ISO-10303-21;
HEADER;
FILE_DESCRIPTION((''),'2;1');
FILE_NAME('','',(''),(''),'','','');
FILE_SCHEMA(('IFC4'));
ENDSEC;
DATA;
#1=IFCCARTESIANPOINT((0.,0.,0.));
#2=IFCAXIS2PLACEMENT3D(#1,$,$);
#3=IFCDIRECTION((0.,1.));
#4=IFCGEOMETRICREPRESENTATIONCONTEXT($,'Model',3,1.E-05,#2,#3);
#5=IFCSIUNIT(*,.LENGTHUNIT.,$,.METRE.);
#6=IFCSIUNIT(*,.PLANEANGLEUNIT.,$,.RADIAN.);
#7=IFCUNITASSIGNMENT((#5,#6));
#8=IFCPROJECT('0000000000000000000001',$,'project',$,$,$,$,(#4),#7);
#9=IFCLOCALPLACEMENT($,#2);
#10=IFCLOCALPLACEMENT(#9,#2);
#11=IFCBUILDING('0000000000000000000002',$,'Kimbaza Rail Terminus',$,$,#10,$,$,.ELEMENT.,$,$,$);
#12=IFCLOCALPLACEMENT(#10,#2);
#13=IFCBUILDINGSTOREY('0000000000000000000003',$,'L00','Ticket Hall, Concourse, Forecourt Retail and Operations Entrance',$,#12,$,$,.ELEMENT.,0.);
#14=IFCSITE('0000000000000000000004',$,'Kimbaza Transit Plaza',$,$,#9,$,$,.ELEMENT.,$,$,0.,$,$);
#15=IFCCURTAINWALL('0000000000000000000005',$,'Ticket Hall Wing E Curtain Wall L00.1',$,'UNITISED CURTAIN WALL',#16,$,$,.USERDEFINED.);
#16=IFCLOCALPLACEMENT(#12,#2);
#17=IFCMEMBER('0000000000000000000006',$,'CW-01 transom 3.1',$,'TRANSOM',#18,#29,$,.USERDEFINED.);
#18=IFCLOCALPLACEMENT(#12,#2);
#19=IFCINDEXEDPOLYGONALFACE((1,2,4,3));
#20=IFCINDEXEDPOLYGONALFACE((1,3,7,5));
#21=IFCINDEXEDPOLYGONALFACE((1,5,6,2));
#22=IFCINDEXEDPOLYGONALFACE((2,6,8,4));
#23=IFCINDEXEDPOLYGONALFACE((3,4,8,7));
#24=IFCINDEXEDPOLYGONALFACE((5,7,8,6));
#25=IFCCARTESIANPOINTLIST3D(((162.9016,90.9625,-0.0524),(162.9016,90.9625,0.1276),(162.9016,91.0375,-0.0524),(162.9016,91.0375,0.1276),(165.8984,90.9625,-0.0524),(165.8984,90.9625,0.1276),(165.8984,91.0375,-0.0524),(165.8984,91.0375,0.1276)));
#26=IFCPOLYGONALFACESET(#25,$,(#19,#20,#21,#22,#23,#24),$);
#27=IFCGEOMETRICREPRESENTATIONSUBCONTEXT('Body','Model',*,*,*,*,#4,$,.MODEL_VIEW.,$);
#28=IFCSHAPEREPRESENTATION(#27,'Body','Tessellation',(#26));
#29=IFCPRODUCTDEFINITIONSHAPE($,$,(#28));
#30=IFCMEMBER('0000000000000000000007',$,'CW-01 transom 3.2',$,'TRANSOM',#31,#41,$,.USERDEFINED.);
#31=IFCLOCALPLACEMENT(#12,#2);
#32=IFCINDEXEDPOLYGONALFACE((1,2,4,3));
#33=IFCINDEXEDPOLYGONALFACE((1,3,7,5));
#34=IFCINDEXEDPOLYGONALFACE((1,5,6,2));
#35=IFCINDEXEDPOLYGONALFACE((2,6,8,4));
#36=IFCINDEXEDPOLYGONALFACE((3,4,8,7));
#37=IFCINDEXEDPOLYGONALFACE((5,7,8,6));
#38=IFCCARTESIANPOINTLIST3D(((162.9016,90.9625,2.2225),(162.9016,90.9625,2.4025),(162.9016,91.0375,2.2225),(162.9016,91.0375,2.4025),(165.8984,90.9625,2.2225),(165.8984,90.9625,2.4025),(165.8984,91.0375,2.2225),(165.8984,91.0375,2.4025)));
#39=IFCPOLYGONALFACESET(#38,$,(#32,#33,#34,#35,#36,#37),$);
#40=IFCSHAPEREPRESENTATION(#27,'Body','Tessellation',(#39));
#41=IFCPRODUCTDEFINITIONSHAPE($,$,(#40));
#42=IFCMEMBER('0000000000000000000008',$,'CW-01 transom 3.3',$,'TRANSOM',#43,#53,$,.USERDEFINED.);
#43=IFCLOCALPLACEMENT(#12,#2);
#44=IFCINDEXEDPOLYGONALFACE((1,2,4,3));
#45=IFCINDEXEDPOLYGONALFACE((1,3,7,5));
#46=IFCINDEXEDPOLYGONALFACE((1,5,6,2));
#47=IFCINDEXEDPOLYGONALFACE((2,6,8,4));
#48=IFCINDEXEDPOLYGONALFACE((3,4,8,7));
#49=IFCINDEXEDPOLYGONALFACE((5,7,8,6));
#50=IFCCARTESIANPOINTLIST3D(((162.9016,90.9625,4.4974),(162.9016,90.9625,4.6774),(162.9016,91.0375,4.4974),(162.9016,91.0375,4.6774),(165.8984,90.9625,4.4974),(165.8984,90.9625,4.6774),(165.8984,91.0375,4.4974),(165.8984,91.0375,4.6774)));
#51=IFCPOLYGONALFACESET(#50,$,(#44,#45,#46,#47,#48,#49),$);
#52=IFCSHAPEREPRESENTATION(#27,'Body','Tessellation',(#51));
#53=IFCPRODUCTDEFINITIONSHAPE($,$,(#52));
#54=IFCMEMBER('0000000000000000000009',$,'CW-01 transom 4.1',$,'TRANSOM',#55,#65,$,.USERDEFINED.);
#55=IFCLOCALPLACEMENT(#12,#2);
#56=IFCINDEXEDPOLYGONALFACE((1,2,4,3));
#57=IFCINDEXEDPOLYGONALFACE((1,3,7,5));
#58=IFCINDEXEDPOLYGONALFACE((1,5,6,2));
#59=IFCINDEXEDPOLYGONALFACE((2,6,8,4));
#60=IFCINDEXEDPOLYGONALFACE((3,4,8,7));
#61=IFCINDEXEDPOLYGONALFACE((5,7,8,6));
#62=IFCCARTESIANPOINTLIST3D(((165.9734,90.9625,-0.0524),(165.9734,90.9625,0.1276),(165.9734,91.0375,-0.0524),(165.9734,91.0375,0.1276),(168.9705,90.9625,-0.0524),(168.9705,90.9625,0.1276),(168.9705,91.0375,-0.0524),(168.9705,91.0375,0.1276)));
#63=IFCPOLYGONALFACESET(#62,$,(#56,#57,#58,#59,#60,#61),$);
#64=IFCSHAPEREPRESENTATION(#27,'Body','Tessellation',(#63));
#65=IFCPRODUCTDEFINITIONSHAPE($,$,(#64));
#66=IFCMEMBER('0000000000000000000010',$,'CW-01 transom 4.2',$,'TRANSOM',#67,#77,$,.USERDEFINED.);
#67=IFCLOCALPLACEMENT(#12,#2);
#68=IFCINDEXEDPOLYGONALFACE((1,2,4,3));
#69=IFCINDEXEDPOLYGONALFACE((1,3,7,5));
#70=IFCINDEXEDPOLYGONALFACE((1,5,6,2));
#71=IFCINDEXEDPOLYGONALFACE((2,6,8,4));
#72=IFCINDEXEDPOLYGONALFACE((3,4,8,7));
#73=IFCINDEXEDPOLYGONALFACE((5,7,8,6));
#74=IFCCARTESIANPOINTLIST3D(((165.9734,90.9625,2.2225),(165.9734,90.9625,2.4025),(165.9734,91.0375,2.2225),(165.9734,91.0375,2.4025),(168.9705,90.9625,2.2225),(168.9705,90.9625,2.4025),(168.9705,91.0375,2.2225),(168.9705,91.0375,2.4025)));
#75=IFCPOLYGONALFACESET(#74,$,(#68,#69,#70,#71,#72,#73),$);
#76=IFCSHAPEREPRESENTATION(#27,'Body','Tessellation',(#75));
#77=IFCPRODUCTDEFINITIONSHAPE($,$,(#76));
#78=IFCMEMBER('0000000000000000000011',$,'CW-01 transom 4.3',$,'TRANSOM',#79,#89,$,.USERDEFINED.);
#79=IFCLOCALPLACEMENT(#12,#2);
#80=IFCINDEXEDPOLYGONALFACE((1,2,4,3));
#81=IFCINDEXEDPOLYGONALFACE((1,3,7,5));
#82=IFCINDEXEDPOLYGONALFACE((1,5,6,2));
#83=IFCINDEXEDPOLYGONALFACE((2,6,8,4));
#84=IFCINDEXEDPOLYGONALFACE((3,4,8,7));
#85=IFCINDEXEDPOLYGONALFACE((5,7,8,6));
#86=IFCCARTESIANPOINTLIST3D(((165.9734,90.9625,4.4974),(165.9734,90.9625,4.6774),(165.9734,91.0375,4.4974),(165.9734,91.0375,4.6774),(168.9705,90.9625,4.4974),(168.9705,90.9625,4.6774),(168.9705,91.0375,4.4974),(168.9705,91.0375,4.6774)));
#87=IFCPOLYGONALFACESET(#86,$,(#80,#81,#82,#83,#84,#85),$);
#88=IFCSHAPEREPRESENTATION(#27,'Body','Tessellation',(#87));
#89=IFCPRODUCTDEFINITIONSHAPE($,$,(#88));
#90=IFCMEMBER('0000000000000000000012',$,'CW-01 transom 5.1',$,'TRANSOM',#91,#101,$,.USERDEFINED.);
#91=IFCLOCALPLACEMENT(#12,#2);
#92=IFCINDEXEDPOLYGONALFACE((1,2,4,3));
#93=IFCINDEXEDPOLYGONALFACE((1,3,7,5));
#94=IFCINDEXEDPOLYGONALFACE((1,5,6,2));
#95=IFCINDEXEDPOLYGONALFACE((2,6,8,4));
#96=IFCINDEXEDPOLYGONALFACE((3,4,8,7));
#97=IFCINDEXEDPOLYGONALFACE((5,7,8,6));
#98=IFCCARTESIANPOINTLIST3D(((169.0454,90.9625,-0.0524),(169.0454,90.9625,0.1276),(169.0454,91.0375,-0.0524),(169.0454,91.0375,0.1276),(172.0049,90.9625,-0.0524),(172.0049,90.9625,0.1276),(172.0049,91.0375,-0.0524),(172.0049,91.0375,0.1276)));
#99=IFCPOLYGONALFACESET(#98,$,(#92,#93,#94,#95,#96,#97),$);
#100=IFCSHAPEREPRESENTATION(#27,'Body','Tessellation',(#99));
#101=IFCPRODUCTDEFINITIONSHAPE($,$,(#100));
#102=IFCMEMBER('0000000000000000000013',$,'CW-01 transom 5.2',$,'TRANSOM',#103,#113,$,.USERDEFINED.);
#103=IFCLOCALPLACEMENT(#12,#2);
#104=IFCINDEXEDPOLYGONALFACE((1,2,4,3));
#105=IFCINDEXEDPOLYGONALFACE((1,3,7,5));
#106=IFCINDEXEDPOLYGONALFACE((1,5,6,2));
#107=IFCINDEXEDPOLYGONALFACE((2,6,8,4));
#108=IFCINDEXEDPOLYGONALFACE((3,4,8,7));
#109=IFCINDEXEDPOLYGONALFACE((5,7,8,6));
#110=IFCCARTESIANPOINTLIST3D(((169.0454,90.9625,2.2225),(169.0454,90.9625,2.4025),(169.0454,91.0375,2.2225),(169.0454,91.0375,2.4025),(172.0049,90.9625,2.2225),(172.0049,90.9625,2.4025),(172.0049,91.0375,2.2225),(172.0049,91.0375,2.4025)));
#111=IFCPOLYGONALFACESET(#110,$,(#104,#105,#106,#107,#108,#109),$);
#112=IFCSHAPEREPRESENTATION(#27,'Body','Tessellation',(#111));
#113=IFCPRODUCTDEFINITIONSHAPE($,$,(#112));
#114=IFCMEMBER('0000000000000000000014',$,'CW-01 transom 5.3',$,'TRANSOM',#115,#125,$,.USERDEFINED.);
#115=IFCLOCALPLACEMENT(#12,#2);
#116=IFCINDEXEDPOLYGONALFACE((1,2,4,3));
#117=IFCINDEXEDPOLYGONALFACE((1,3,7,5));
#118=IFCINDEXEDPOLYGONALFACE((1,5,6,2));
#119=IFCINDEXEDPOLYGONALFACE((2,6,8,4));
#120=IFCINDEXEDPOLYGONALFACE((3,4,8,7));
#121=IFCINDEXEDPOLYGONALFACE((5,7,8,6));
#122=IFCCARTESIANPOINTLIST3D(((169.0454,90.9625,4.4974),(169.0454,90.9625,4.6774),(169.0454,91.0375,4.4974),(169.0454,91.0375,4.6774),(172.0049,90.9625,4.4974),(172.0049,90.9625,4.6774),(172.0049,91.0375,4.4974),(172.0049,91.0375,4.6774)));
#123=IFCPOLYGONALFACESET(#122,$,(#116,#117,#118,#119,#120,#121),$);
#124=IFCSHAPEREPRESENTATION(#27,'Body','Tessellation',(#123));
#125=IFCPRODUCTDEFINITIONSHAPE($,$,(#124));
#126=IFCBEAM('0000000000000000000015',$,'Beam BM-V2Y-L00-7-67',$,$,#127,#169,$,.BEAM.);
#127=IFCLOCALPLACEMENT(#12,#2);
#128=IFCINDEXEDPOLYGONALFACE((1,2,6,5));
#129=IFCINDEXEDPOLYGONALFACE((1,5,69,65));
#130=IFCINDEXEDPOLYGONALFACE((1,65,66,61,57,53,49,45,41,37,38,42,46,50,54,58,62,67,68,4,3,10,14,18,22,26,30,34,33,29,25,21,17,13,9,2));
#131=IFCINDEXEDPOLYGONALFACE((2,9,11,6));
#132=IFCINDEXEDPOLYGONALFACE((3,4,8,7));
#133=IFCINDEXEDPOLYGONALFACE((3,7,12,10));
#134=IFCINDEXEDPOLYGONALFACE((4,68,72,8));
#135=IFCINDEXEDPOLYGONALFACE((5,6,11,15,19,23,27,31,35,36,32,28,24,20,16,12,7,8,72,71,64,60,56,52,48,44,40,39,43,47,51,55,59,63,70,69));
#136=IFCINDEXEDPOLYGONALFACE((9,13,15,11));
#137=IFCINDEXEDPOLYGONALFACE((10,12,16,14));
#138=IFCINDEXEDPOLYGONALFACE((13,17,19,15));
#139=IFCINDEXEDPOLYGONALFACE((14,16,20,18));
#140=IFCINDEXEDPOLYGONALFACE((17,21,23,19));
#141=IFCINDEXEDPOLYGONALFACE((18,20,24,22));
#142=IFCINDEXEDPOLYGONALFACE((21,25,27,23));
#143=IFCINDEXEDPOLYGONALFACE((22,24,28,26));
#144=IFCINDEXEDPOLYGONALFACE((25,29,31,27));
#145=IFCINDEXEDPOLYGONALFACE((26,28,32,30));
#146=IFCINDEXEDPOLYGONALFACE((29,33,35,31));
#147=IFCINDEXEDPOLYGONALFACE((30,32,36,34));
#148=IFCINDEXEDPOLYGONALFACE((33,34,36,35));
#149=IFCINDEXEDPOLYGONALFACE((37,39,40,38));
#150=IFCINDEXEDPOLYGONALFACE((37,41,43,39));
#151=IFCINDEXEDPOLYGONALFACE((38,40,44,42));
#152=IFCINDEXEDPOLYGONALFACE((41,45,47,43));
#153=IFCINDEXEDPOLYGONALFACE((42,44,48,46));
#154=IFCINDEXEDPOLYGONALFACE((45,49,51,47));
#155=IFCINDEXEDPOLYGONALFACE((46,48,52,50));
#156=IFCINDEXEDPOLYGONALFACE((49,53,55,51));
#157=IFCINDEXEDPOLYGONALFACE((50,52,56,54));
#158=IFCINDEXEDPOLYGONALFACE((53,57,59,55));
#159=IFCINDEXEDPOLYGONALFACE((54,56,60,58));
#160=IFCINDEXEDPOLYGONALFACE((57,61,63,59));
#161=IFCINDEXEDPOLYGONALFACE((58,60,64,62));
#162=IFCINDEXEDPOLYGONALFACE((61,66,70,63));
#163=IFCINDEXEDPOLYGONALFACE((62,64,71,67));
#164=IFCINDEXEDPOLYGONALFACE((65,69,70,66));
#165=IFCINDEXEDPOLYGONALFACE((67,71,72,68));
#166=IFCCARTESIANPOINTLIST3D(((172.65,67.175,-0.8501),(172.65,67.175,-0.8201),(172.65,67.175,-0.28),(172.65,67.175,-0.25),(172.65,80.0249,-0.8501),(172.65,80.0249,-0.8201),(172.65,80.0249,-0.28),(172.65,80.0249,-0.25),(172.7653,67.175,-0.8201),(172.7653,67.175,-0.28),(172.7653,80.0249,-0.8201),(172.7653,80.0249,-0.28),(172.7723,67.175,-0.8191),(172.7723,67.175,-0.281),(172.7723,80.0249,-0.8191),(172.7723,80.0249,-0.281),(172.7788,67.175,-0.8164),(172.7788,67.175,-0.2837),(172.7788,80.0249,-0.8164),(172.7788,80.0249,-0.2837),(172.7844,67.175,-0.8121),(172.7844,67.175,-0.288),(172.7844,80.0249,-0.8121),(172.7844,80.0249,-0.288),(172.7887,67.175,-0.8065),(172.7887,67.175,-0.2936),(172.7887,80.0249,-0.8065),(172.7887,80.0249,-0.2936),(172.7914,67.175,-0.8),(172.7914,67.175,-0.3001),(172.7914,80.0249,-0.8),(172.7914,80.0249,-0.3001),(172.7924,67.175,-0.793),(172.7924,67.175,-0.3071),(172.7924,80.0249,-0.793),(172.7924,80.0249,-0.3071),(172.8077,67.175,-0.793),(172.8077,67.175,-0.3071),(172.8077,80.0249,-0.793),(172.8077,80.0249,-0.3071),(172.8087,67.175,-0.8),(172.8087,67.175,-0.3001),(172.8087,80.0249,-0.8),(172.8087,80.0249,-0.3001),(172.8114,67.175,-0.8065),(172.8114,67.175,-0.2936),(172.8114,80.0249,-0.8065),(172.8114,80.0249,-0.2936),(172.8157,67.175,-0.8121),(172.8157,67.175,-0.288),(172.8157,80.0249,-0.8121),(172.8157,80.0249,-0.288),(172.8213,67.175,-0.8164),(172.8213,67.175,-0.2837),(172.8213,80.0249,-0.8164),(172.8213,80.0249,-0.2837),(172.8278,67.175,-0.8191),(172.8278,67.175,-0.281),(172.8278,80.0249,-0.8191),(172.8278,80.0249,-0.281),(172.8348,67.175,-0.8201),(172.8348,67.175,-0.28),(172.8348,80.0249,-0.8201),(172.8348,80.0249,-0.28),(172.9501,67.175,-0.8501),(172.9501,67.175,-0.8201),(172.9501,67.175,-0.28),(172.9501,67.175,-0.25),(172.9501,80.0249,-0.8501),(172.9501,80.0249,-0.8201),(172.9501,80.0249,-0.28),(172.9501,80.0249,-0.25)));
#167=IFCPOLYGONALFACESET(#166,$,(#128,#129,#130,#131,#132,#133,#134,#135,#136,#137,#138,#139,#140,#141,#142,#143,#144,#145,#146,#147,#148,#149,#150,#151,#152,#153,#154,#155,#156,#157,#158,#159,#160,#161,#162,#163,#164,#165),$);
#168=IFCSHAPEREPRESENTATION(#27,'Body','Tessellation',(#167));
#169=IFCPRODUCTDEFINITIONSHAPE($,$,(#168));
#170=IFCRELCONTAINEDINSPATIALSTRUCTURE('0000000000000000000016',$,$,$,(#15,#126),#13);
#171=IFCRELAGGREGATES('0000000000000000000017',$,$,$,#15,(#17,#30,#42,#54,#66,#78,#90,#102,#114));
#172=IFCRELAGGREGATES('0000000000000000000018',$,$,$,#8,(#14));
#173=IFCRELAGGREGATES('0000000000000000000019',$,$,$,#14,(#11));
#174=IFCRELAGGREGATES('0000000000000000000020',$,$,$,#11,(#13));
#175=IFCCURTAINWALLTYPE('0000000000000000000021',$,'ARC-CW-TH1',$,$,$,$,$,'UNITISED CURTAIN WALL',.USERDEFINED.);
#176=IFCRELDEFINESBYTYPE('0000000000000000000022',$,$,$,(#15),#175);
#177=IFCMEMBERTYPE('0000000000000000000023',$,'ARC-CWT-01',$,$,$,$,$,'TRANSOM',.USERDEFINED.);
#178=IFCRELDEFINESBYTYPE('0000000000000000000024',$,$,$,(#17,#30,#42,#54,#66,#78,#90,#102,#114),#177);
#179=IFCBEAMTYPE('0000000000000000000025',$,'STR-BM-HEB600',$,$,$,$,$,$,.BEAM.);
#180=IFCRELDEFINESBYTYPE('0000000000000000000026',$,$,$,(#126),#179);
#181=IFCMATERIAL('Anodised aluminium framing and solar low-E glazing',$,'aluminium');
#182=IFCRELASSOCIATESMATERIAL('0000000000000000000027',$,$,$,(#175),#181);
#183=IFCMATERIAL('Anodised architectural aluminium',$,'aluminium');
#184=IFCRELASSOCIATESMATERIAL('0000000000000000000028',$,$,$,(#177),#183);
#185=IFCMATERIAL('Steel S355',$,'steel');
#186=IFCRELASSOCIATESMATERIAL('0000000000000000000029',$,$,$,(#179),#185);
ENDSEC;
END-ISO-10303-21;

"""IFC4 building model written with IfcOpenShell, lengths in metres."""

from ifc_helpers import new_model, si_unit, direction, frame, origin, origin_2d, place, context, subcontext, project, spatial, rectangle, i_section, extrude, material, material_profile, profile_set, type_object, element, aggregate, save


model = new_model("IFC4")

# Units and contexts
model_context = context("Model", 3, precision=1e-05, world=origin(), true_north=direction((0.0, 1.0)))
body_context = subcontext(model_context, "Body", "Model", "MODEL_VIEW")
ifc_project = project(units=[si_unit("LENGTHUNIT", "METRE"), si_unit("PLANEANGLEUNIT", "RADIAN")], contexts=[model_context])

# Site, building, storey
site_placement = place(None, origin())
site = spatial("IfcSite", under=ifc_project, at=site_placement, Name="Kimbaza Transit Plaza", CompositionType="ELEMENT", RefElevation=0.0)
building_placement = place(site_placement, origin())
building = spatial("IfcBuilding", under=site, at=building_placement, Name="Kimbaza Rail Terminus", CompositionType="ELEMENT")
storey_placement = place(building_placement, origin())
storey = spatial("IfcBuildingStorey", under=building, at=storey_placement, Name="L00", Description="Ticket Hall, Concourse, Forecourt Retail and Operations Entrance", CompositionType="ELEMENT", Elevation=0.0)

# Curtain wall, members
ifc_material_1 = material(Name="Anodised aluminium framing and solar low-E glazing", Category="aluminium")
curtain_wall_type = type_object("IfcCurtainWallType", Name="ARC-CW-TH1", ElementType="UNITISED CURTAIN WALL", PredefinedType="USERDEFINED", material=ifc_material_1)
curtain_wall_placement = place(storey_placement, origin())
curtain_wall = element("IfcCurtainWall", 1, at=curtain_wall_placement, inside=storey, type_object=curtain_wall_type, Name="Ticket Hall Wing E Curtain Wall L00.1", ObjectType="UNITISED CURTAIN WALL", PredefinedType="USERDEFINED")
ifc_material_2 = material(Name="Anodised architectural aluminium", Category="aluminium")
ifc_material_profile_1 = material_profile(ifc_material_2, rectangle(XDim=0.075, YDim=0.1799, at=origin_2d()), Name="TRANSOM 75x180")
ifc_profile_set_1 = profile_set([ifc_material_profile_1], Name="Anodised architectural aluminium")
member_type_1 = type_object("IfcMemberType", Name="ARC-CWT-01", ElementType="TRANSOM", PredefinedType="USERDEFINED", material=ifc_profile_set_1)
member_1_placement = place(storey_placement, frame((162.9016, 91.0, 0.0376), z_axis=(1.0, 0.0, 0.0), x_axis=(0.0, 1.0, 0.0)))
member_1 = element("IfcMember", 2, at=member_1_placement, type_object=member_type_1, Name="CW-01 transom 3.1", ObjectType="TRANSOM", PredefinedType="USERDEFINED", context=body_context, shape_type="SweptSolid", body=[
    extrude(rectangle(XDim=0.075, YDim=0.1799, at=origin_2d()), origin(), (0.0, 0.0, 1.0), 2.9968),
])
member_2_placement = place(storey_placement, frame((162.9016, 91.0, 2.3125), z_axis=(1.0, 0.0, 0.0), x_axis=(0.0, 1.0, 0.0)))
member_2 = element("IfcMember", 3, at=member_2_placement, type_object=member_type_1, Name="CW-01 transom 3.2", ObjectType="TRANSOM", PredefinedType="USERDEFINED", context=body_context, shape_type="SweptSolid", body=[
    extrude(rectangle(XDim=0.075, YDim=0.1799, at=origin_2d()), origin(), (0.0, 0.0, 1.0), 2.9968),
])
member_3_placement = place(storey_placement, frame((162.9016, 91.0, 4.5874), z_axis=(1.0, 0.0, 0.0), x_axis=(0.0, 1.0, 0.0)))
member_3 = element("IfcMember", 4, at=member_3_placement, type_object=member_type_1, Name="CW-01 transom 3.3", ObjectType="TRANSOM", PredefinedType="USERDEFINED", context=body_context, shape_type="SweptSolid", body=[
    extrude(rectangle(XDim=0.075, YDim=0.1799, at=origin_2d()), origin(), (0.0, 0.0, 1.0), 2.9968),
])
member_4_placement = place(storey_placement, frame((165.9734, 91.0, 0.0376), z_axis=(1.0, 0.0, 0.0), x_axis=(0.0, 1.0, 0.0)))
member_4 = element("IfcMember", 5, at=member_4_placement, type_object=member_type_1, Name="CW-01 transom 4.1", ObjectType="TRANSOM", PredefinedType="USERDEFINED", context=body_context, shape_type="SweptSolid", body=[
    extrude(rectangle(XDim=0.075, YDim=0.1799, at=origin_2d()), origin(), (0.0, 0.0, 1.0), 2.9971),
])
member_5_placement = place(storey_placement, frame((165.9734, 91.0, 2.3125), z_axis=(1.0, 0.0, 0.0), x_axis=(0.0, 1.0, 0.0)))
member_5 = element("IfcMember", 6, at=member_5_placement, type_object=member_type_1, Name="CW-01 transom 4.2", ObjectType="TRANSOM", PredefinedType="USERDEFINED", context=body_context, shape_type="SweptSolid", body=[
    extrude(rectangle(XDim=0.075, YDim=0.1799, at=origin_2d()), origin(), (0.0, 0.0, 1.0), 2.9971),
])
member_6_placement = place(storey_placement, frame((165.9734, 91.0, 4.5874), z_axis=(1.0, 0.0, 0.0), x_axis=(0.0, 1.0, 0.0)))
member_6 = element("IfcMember", 7, at=member_6_placement, type_object=member_type_1, Name="CW-01 transom 4.3", ObjectType="TRANSOM", PredefinedType="USERDEFINED", context=body_context, shape_type="SweptSolid", body=[
    extrude(rectangle(XDim=0.075, YDim=0.1799, at=origin_2d()), origin(), (0.0, 0.0, 1.0), 2.9971),
])
member_7_placement = place(storey_placement, frame((169.0454, 91.0, 0.0376), z_axis=(1.0, 0.0, 0.0), x_axis=(0.0, 1.0, 0.0)))
member_7 = element("IfcMember", 8, at=member_7_placement, type_object=member_type_1, Name="CW-01 transom 5.1", ObjectType="TRANSOM", PredefinedType="USERDEFINED", context=body_context, shape_type="SweptSolid", body=[
    extrude(rectangle(XDim=0.075, YDim=0.1799, at=origin_2d()), origin(), (0.0, 0.0, 1.0), 2.9595),
])
member_8_placement = place(storey_placement, frame((169.0454, 91.0, 2.3125), z_axis=(1.0, 0.0, 0.0), x_axis=(0.0, 1.0, 0.0)))
member_8 = element("IfcMember", 9, at=member_8_placement, type_object=member_type_1, Name="CW-01 transom 5.2", ObjectType="TRANSOM", PredefinedType="USERDEFINED", context=body_context, shape_type="SweptSolid", body=[
    extrude(rectangle(XDim=0.075, YDim=0.1799, at=origin_2d()), origin(), (0.0, 0.0, 1.0), 2.9595),
])
member_9_placement = place(storey_placement, frame((169.0454, 91.0, 4.5874), z_axis=(1.0, 0.0, 0.0), x_axis=(0.0, 1.0, 0.0)))
member_9 = element("IfcMember", 10, at=member_9_placement, type_object=member_type_1, Name="CW-01 transom 5.3", ObjectType="TRANSOM", PredefinedType="USERDEFINED", context=body_context, shape_type="SweptSolid", body=[
    extrude(rectangle(XDim=0.075, YDim=0.1799, at=origin_2d()), origin(), (0.0, 0.0, 1.0), 2.9595),
])

# Beam
ifc_material_3 = material(Name="Steel S355", Category="steel")
ifc_material_profile_2 = material_profile(ifc_material_3, i_section(OverallWidth=0.3, OverallDepth=0.6001, WebThickness=0.0154, FlangeThickness=0.03, FilletRadius=0.0271, at=origin_2d()), Name="HEB 600")
ifc_profile_set_2 = profile_set([ifc_material_profile_2], Name="Steel S355")
beam_type_1 = type_object("IfcBeamType", Name="STR-BM-HEB600", PredefinedType="BEAM", material=ifc_profile_set_2)
beam_1_placement = place(storey_placement, frame((172.8, 67.175, -0.55), z_axis=(0.0, 1.0, 0.0), x_axis=(-1.0, 0.0, 0.0)))
element("IfcBeam", 11, at=beam_1_placement, inside=storey, type_object=beam_type_1, Name="Beam BM-V2Y-L00-7-67", PredefinedType="BEAM", context=body_context, shape_type="SweptSolid", body=[
    extrude(i_section(OverallWidth=0.3, OverallDepth=0.6001, WebThickness=0.0154, FlangeThickness=0.03, FilletRadius=0.0271, at=origin_2d()), origin(), (0.0, 0.0, 1.0), 12.8499),
])

aggregate(curtain_wall, [member_1, member_2, member_3, member_4, member_5, member_6, member_7, member_8, member_9])

save(model, "model.ifc")
